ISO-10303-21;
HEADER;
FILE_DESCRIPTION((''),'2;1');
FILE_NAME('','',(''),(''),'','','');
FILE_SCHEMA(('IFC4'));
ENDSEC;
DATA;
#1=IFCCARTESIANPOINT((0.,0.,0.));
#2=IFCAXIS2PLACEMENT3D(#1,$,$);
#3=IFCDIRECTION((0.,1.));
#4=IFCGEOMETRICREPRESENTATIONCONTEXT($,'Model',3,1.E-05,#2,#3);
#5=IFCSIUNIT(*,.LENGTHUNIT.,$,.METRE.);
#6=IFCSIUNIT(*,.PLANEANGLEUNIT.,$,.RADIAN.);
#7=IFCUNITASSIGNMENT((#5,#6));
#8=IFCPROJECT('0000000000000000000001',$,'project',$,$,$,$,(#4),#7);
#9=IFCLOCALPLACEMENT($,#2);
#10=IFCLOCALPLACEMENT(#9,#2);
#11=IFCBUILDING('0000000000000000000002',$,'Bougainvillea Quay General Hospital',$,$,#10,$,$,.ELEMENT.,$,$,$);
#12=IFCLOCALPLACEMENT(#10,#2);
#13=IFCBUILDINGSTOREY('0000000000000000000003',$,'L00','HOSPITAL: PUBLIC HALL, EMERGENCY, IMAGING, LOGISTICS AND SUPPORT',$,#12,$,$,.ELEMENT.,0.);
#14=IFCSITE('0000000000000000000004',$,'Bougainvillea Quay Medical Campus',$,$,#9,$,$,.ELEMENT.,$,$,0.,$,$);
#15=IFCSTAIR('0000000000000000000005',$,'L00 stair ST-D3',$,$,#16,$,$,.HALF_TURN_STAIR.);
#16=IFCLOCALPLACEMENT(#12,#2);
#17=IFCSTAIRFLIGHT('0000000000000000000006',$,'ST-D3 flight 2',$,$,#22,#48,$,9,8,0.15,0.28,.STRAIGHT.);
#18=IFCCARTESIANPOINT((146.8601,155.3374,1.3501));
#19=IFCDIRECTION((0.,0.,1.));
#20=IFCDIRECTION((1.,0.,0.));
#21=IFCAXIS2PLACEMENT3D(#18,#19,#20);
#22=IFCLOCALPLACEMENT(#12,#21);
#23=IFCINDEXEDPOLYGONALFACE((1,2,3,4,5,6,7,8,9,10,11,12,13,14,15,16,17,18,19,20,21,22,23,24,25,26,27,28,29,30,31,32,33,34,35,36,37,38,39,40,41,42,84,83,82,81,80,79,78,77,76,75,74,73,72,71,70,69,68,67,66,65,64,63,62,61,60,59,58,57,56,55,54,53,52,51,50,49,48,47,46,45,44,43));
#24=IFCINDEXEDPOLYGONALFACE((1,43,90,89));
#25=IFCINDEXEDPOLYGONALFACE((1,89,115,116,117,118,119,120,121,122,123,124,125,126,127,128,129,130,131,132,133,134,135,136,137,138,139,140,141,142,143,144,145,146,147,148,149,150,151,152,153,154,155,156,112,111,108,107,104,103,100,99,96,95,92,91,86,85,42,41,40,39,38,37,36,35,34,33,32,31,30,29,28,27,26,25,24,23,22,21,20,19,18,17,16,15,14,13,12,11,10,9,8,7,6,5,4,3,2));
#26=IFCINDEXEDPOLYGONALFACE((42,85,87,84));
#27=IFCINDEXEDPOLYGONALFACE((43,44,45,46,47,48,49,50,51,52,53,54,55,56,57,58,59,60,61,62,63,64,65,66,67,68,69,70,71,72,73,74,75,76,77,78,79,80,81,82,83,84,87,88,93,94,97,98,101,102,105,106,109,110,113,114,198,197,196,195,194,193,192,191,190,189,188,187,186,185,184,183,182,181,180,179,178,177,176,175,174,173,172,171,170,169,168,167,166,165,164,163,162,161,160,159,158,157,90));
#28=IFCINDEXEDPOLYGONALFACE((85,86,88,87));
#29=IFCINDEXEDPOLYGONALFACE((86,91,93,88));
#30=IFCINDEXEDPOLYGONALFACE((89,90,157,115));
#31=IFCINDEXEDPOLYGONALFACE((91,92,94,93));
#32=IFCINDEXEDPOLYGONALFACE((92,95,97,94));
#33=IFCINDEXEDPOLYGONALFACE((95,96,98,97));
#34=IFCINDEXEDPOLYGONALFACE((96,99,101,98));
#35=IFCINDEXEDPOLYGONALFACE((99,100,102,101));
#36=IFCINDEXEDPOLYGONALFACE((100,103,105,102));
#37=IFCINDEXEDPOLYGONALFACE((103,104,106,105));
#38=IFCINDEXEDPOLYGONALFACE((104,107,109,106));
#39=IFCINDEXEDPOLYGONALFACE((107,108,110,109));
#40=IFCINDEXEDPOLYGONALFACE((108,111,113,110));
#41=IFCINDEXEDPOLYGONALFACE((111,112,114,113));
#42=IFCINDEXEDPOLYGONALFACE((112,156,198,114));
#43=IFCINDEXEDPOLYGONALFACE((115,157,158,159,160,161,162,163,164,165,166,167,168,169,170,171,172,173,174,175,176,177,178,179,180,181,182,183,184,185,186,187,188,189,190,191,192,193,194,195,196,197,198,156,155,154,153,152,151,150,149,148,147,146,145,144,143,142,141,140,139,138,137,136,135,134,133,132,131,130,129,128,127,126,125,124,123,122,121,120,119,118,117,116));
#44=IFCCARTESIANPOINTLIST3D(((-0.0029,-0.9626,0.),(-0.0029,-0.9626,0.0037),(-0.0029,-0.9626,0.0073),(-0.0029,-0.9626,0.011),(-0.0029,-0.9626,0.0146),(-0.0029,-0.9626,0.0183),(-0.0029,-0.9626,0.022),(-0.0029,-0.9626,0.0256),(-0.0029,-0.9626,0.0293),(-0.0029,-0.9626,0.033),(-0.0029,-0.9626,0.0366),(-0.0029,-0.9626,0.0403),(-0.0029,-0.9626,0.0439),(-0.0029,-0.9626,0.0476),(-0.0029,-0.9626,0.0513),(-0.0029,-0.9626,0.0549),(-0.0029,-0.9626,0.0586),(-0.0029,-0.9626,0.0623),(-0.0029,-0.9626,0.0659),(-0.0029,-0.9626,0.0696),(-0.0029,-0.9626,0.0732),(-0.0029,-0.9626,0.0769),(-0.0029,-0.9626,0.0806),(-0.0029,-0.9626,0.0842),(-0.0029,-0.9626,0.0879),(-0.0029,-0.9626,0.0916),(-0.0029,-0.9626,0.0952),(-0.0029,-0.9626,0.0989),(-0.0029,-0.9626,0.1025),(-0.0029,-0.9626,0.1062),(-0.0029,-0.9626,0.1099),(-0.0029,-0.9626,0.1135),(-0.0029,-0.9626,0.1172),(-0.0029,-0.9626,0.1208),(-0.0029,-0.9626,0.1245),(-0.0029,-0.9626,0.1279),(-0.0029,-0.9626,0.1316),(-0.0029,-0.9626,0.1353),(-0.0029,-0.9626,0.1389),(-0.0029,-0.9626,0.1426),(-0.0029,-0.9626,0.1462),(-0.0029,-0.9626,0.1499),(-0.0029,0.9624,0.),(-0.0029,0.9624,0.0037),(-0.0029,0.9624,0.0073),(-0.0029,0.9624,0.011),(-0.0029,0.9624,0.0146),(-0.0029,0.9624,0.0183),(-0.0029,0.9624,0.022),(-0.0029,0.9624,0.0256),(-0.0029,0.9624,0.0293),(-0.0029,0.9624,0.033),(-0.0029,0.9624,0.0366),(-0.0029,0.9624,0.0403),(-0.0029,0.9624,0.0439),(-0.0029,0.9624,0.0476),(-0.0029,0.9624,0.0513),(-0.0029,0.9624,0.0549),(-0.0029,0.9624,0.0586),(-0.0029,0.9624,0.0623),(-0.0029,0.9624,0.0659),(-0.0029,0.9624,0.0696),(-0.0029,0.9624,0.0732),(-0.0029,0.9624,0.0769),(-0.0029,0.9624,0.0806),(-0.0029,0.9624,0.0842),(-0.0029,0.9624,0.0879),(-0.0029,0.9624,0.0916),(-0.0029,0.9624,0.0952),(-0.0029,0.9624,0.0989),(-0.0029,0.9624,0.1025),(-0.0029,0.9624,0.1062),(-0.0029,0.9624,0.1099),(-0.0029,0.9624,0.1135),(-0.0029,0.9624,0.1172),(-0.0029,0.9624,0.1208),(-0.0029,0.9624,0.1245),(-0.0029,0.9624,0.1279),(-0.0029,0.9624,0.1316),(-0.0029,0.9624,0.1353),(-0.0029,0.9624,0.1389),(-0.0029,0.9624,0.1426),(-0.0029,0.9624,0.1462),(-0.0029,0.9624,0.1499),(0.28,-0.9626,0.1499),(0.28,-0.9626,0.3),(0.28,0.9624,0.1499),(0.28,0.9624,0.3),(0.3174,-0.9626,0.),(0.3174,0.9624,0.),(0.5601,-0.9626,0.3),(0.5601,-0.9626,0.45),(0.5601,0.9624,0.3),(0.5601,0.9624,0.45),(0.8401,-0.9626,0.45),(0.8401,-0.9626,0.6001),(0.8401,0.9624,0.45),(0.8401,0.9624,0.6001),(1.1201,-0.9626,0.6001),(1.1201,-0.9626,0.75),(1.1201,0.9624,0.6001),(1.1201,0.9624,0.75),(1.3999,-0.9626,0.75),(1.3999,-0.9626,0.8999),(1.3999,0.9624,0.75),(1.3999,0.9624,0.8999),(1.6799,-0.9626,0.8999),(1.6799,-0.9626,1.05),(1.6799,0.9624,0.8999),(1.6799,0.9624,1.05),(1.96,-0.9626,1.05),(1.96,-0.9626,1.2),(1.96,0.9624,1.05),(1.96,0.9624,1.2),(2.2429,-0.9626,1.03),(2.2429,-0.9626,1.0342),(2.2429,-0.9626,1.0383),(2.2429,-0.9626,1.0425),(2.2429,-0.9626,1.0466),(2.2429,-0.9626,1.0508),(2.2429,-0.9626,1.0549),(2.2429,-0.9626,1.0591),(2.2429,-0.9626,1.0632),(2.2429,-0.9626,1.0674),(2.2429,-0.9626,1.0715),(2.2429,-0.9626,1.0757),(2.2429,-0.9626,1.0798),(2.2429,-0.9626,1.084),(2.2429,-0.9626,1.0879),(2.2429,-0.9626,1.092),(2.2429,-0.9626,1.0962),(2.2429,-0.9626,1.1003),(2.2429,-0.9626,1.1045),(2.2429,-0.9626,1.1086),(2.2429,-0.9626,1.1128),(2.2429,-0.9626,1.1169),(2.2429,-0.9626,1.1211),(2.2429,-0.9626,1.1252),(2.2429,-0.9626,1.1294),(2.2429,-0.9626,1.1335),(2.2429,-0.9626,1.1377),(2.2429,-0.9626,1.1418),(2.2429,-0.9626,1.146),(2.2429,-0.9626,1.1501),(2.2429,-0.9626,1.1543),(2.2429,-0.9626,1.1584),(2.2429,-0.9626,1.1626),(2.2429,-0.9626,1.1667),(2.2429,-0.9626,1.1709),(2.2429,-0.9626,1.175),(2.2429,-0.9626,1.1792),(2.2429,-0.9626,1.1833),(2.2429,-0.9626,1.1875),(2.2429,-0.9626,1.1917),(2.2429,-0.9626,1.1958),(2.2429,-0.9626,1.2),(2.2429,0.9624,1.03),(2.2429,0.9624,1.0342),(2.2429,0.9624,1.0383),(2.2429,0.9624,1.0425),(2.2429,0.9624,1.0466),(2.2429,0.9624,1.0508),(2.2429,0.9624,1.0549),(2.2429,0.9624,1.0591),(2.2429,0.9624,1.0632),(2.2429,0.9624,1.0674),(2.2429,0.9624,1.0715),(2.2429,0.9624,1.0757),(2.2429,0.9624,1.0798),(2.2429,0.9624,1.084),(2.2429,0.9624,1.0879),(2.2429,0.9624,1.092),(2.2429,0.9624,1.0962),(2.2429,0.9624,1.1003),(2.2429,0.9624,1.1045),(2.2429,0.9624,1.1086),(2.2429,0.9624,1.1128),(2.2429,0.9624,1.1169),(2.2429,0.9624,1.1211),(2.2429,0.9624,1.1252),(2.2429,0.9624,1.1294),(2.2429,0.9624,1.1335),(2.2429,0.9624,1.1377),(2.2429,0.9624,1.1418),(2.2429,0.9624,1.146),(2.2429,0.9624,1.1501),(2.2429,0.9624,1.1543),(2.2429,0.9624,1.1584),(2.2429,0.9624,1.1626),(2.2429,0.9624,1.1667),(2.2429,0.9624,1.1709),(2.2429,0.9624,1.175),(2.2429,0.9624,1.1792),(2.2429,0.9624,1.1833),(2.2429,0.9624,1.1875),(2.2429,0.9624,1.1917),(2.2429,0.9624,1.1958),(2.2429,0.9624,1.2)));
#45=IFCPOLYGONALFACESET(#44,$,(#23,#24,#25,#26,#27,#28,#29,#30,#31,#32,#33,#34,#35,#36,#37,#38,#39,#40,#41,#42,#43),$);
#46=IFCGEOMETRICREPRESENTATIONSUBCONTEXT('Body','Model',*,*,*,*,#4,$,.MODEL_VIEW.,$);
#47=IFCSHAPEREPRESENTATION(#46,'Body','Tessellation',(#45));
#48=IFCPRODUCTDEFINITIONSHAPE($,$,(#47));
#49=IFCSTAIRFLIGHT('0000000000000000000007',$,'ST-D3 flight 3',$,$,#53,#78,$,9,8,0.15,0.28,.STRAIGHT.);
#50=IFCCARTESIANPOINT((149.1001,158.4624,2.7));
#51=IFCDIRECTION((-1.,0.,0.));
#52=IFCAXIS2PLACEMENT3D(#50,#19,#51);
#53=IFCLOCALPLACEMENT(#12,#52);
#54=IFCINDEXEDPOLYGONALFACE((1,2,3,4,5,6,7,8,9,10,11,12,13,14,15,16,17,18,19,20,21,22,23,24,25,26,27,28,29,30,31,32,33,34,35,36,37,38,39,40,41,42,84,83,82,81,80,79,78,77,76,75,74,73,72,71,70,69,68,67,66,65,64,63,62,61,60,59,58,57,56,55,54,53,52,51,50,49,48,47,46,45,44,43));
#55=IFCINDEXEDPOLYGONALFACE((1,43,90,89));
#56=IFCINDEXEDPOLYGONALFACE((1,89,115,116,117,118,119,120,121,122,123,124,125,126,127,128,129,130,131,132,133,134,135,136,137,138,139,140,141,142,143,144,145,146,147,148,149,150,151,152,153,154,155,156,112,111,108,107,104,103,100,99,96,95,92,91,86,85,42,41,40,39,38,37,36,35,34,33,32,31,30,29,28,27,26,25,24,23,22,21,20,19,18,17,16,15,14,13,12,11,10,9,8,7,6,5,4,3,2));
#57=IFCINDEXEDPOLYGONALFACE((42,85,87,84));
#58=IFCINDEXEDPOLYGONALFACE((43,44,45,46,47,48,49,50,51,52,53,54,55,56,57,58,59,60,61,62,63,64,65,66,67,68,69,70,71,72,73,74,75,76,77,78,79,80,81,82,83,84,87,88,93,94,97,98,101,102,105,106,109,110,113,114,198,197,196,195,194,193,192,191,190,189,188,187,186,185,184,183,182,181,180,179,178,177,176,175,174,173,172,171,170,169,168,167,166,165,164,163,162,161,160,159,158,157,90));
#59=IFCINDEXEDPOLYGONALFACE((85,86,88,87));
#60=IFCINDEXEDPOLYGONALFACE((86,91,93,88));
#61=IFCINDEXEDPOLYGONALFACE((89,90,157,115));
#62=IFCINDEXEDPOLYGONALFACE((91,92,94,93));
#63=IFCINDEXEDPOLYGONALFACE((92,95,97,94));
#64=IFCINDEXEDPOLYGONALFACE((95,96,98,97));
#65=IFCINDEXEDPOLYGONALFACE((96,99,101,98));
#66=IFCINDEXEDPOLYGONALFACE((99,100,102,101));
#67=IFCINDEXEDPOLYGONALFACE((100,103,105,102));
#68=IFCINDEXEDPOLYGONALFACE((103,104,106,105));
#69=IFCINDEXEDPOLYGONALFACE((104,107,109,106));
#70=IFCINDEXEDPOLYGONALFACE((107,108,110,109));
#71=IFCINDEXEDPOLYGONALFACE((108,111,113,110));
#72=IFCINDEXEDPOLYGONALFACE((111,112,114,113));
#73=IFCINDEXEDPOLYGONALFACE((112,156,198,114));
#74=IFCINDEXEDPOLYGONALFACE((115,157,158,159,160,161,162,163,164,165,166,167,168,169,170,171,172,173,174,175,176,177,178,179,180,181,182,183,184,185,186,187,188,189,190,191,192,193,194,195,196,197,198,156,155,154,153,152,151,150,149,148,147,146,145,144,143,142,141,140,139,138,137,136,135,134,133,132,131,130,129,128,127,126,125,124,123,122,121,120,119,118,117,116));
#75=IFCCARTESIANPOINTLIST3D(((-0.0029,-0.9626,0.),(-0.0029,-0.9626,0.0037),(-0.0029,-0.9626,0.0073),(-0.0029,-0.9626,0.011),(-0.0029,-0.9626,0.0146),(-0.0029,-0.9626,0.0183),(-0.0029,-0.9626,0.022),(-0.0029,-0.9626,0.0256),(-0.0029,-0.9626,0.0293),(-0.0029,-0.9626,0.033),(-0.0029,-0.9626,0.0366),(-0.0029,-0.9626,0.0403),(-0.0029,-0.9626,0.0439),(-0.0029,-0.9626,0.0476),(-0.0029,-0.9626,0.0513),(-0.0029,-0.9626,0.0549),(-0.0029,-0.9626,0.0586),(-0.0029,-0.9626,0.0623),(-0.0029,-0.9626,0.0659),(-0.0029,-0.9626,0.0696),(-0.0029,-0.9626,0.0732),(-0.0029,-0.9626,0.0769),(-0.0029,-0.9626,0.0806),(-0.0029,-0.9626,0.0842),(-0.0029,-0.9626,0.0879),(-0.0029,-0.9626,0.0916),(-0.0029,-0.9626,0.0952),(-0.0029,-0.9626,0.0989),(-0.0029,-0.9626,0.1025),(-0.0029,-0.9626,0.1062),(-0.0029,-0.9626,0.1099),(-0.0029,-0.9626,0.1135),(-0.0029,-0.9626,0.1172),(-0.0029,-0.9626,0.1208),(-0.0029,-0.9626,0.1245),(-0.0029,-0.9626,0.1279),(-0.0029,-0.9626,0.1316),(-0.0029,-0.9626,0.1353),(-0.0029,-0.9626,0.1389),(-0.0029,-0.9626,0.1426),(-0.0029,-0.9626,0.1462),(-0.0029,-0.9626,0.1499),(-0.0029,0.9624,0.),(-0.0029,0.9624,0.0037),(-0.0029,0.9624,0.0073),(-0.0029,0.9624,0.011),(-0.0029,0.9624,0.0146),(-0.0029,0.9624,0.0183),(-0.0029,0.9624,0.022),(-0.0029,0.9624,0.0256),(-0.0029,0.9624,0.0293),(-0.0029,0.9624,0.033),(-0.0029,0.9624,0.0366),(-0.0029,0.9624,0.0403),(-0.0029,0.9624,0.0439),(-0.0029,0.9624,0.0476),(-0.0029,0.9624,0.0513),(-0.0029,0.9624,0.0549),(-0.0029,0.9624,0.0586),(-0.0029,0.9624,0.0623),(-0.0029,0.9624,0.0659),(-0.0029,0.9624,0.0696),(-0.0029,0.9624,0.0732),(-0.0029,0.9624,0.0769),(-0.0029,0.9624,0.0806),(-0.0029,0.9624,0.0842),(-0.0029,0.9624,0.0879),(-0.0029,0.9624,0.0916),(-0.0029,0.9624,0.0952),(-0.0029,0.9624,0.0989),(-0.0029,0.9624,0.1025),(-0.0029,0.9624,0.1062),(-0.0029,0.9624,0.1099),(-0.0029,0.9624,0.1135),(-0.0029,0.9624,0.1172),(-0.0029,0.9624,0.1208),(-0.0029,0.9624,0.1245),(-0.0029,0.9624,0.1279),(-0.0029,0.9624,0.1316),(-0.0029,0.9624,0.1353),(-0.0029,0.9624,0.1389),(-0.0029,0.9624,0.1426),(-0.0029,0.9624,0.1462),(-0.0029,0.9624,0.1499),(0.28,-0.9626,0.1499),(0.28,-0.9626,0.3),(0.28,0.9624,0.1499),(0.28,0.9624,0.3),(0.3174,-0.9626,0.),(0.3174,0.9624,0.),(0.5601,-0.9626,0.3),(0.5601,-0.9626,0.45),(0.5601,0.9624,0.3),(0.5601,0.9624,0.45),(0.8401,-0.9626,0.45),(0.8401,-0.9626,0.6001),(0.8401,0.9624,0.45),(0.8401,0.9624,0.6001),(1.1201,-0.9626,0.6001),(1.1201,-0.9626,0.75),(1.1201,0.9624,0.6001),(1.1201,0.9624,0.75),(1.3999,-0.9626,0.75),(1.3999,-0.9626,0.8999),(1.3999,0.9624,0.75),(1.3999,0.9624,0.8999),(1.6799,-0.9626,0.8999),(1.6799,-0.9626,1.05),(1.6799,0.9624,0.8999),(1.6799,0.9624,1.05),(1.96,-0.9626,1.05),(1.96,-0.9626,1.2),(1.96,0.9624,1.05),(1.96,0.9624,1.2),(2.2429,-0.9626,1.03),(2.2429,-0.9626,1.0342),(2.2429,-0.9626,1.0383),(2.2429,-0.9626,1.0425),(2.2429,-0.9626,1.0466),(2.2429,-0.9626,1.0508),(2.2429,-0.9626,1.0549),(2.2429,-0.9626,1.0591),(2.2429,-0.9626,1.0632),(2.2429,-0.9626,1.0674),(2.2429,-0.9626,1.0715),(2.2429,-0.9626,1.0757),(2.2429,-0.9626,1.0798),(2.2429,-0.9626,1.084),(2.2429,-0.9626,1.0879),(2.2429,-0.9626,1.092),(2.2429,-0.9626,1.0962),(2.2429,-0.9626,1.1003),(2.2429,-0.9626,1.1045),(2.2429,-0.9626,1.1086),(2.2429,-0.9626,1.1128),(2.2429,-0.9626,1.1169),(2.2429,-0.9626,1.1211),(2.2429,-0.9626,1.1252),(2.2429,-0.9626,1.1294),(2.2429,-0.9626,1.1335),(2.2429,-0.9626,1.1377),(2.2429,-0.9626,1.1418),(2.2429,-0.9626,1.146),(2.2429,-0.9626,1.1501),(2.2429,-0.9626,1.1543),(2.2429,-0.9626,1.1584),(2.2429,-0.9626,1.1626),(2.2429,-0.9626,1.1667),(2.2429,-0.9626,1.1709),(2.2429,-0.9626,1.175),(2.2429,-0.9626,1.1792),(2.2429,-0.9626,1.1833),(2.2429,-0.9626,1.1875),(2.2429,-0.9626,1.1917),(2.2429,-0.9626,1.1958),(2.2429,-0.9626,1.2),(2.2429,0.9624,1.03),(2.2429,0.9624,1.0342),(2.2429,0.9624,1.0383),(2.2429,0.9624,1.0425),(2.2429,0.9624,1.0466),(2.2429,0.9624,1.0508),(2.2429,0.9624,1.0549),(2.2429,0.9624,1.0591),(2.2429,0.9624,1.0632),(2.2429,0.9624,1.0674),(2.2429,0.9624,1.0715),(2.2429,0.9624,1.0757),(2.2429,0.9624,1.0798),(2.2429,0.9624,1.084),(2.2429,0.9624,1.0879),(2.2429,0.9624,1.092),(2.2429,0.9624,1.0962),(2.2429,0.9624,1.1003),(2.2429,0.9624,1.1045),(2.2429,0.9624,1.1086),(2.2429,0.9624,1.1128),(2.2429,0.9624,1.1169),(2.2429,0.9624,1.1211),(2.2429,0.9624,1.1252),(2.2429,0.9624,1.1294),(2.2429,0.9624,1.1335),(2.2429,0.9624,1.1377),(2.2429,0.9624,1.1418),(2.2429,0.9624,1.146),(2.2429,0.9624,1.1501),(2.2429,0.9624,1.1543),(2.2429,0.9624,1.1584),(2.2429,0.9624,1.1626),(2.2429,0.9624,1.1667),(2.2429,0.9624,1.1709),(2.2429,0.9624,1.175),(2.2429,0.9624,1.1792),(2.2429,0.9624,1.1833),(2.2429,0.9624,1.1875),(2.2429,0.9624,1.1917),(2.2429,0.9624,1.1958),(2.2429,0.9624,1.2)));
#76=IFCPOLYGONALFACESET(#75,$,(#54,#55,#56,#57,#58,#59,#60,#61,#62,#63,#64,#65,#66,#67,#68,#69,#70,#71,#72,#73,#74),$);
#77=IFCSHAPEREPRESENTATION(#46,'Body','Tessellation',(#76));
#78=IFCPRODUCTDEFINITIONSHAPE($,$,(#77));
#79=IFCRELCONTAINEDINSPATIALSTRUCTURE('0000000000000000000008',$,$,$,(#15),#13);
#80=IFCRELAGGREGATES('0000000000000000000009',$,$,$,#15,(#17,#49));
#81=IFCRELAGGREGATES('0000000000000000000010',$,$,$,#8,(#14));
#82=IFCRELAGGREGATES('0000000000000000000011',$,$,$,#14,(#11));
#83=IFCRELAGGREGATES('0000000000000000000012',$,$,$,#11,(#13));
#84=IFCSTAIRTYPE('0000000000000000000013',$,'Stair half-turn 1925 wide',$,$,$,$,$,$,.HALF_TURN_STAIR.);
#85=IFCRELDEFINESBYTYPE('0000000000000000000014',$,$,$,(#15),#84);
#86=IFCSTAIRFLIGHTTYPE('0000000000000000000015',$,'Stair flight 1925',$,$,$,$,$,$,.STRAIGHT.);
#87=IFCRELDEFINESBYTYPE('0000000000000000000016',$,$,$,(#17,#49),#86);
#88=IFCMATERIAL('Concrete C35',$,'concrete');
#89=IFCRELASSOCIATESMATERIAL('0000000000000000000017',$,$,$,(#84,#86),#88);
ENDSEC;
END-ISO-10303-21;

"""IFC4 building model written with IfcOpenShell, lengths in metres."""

from ifc_helpers import new_model, si_unit, direction, frame, origin, place, context, subcontext, project, spatial, polyline, outline, extrude, material, type_object, element, aggregate, save


model = new_model("IFC4")

# Units and contexts
model_context = context("Model", 3, precision=1e-05, world=origin(), true_north=direction((0.0, 1.0)))
body_context = subcontext(model_context, "Body", "Model", "MODEL_VIEW")
ifc_project = project(units=[si_unit("LENGTHUNIT", "METRE"), si_unit("PLANEANGLEUNIT", "RADIAN")], contexts=[model_context])

# Site, building, storey
site_placement = place(None, origin())
site = spatial("IfcSite", under=ifc_project, at=site_placement, Name="Bougainvillea Quay Medical Campus", CompositionType="ELEMENT", RefElevation=0.0)
building_placement = place(site_placement, origin())
building = spatial("IfcBuilding", under=site, at=building_placement, Name="Bougainvillea Quay General Hospital", CompositionType="ELEMENT")
storey_placement = place(building_placement, origin())
storey = spatial("IfcBuildingStorey", under=building, at=storey_placement, Name="L00", Description="HOSPITAL: PUBLIC HALL, EMERGENCY, IMAGING, LOGISTICS AND SUPPORT", CompositionType="ELEMENT", Elevation=0.0)

# Stair, stair flights
ifc_material_1 = material(Name="Concrete C35", Category="concrete")
stair_type = type_object("IfcStairType", Name="Stair half-turn 1925 wide", PredefinedType="HALF_TURN_STAIR", material=ifc_material_1)
stair_placement = place(storey_placement, origin())
stair = element("IfcStair", 1, at=stair_placement, inside=storey, type_object=stair_type, Name="L00 stair ST-D3", PredefinedType="HALF_TURN_STAIR")
stair_flight_type = type_object("IfcStairFlightType", Name="Stair flight 1925", PredefinedType="STRAIGHT", material=ifc_material_1)
stair_flight_1_placement = place(storey_placement, frame((146.8601, 155.3374, 1.3501), z_axis=(0.0, 0.0, 1.0), x_axis=(1.0, 0.0, 0.0)))
stair_flight_1 = element("IfcStairFlight", 2, at=stair_flight_1_placement, type_object=stair_flight_type, Name="ST-D3 flight 2", NumberOfRisers=9, NumberOfTreads=8, PredefinedType="STRAIGHT", RiserHeight=0.15, TreadLength=0.28, context=body_context, shape_type="SweptSolid", body=[
    extrude(outline(polyline([(-0.0029, 0.0), (-0.0029, 0.0037), (-0.0029, 0.0073), (-0.0029, 0.011), (-0.0029, 0.0146), (-0.0029, 0.0183), (-0.0029, 0.022), (-0.0029, 0.0256), (-0.0029, 0.0293), (-0.0029, 0.033), (-0.0029, 0.0366), (-0.0029, 0.0403), (-0.0029, 0.0439), (-0.0029, 0.0476), (-0.0029, 0.0513), (-0.0029, 0.0549), (-0.0029, 0.0586), (-0.0029, 0.0623), (-0.0029, 0.0659), (-0.0029, 0.0696), (-0.0029, 0.0732), (-0.0029, 0.0769), (-0.0029, 0.0806), (-0.0029, 0.0842), (-0.0029, 0.0879), (-0.0029, 0.0916), (-0.0029, 0.0952), (-0.0029, 0.0989), (-0.0029, 0.1025), (-0.0029, 0.1062), (-0.0029, 0.1099), (-0.0029, 0.1135), (-0.0029, 0.1172), (-0.0029, 0.1208), (-0.0029, 0.1245), (-0.0029, 0.1279), (-0.0029, 0.1316), (-0.0029, 0.1353), (-0.0029, 0.1389), (-0.0029, 0.1426), (-0.0029, 0.1462), (-0.0029, 0.1499), (0.28, 0.1499), (0.28, 0.3), (0.5601, 0.3), (0.5601, 0.45), (0.8401, 0.45), (0.8401, 0.6001), (1.1201, 0.6001), (1.1201, 0.75), (1.3999, 0.75), (1.3999, 0.8999), (1.6799, 0.8999), (1.6799, 1.05), (1.96, 1.05), (1.96, 1.2), (2.2429, 1.2), (2.2429, 1.1958), (2.2429, 1.1917), (2.2429, 1.1875), (2.2429, 1.1833), (2.2429, 1.1792), (2.2429, 1.175), (2.2429, 1.1709), (2.2429, 1.1667), (2.2429, 1.1626), (2.2429, 1.1584), (2.2429, 1.1543), (2.2429, 1.1501), (2.2429, 1.146), (2.2429, 1.1418), (2.2429, 1.1377), (2.2429, 1.1335), (2.2429, 1.1294), (2.2429, 1.1252), (2.2429, 1.1211), (2.2429, 1.1169), (2.2429, 1.1128), (2.2429, 1.1086), (2.2429, 1.1045), (2.2429, 1.1003), (2.2429, 1.0962), (2.2429, 1.092), (2.2429, 1.0879), (2.2429, 1.084), (2.2429, 1.0798), (2.2429, 1.0757), (2.2429, 1.0715), (2.2429, 1.0674), (2.2429, 1.0632), (2.2429, 1.0591), (2.2429, 1.0549), (2.2429, 1.0508), (2.2429, 1.0466), (2.2429, 1.0425), (2.2429, 1.0383), (2.2429, 1.0342), (2.2429, 1.03), (0.3174, 0.0), (-0.0029, 0.0)])), frame((0.0, 0.9624, 0.0), z_axis=(0.0, -1.0, 0.0), x_axis=(1.0, 0.0, 0.0)), (0.0, 0.0, 1.0), 1.925),
])
stair_flight_2_placement = place(storey_placement, frame((149.1001, 158.4624, 2.7), z_axis=(0.0, 0.0, 1.0), x_axis=(-1.0, 0.0, 0.0)))
stair_flight_2 = element("IfcStairFlight", 3, at=stair_flight_2_placement, type_object=stair_flight_type, Name="ST-D3 flight 3", NumberOfRisers=9, NumberOfTreads=8, PredefinedType="STRAIGHT", RiserHeight=0.15, TreadLength=0.28, context=body_context, shape_type="SweptSolid", body=[
    extrude(outline(polyline([(-0.0029, 0.0), (-0.0029, 0.0037), (-0.0029, 0.0073), (-0.0029, 0.011), (-0.0029, 0.0146), (-0.0029, 0.0183), (-0.0029, 0.022), (-0.0029, 0.0256), (-0.0029, 0.0293), (-0.0029, 0.033), (-0.0029, 0.0366), (-0.0029, 0.0403), (-0.0029, 0.0439), (-0.0029, 0.0476), (-0.0029, 0.0513), (-0.0029, 0.0549), (-0.0029, 0.0586), (-0.0029, 0.0623), (-0.0029, 0.0659), (-0.0029, 0.0696), (-0.0029, 0.0732), (-0.0029, 0.0769), (-0.0029, 0.0806), (-0.0029, 0.0842), (-0.0029, 0.0879), (-0.0029, 0.0916), (-0.0029, 0.0952), (-0.0029, 0.0989), (-0.0029, 0.1025), (-0.0029, 0.1062), (-0.0029, 0.1099), (-0.0029, 0.1135), (-0.0029, 0.1172), (-0.0029, 0.1208), (-0.0029, 0.1245), (-0.0029, 0.1279), (-0.0029, 0.1316), (-0.0029, 0.1353), (-0.0029, 0.1389), (-0.0029, 0.1426), (-0.0029, 0.1462), (-0.0029, 0.1499), (0.28, 0.1499), (0.28, 0.3), (0.5601, 0.3), (0.5601, 0.45), (0.8401, 0.45), (0.8401, 0.6001), (1.1201, 0.6001), (1.1201, 0.75), (1.3999, 0.75), (1.3999, 0.8999), (1.6799, 0.8999), (1.6799, 1.05), (1.96, 1.05), (1.96, 1.2), (2.2429, 1.2), (2.2429, 1.1958), (2.2429, 1.1917), (2.2429, 1.1875), (2.2429, 1.1833), (2.2429, 1.1792), (2.2429, 1.175), (2.2429, 1.1709), (2.2429, 1.1667), (2.2429, 1.1626), (2.2429, 1.1584), (2.2429, 1.1543), (2.2429, 1.1501), (2.2429, 1.146), (2.2429, 1.1418), (2.2429, 1.1377), (2.2429, 1.1335), (2.2429, 1.1294), (2.2429, 1.1252), (2.2429, 1.1211), (2.2429, 1.1169), (2.2429, 1.1128), (2.2429, 1.1086), (2.2429, 1.1045), (2.2429, 1.1003), (2.2429, 1.0962), (2.2429, 1.092), (2.2429, 1.0879), (2.2429, 1.084), (2.2429, 1.0798), (2.2429, 1.0757), (2.2429, 1.0715), (2.2429, 1.0674), (2.2429, 1.0632), (2.2429, 1.0591), (2.2429, 1.0549), (2.2429, 1.0508), (2.2429, 1.0466), (2.2429, 1.0425), (2.2429, 1.0383), (2.2429, 1.0342), (2.2429, 1.03), (0.3174, 0.0), (-0.0029, 0.0)])), frame((0.0, 0.9624, 0.0), z_axis=(0.0, -1.0, 0.0), x_axis=(1.0, 0.0, 0.0)), (0.0, 0.0, 1.0), 1.925),
])
aggregate(stair, [stair_flight_1, stair_flight_2])

save(model, "model.ifc")
